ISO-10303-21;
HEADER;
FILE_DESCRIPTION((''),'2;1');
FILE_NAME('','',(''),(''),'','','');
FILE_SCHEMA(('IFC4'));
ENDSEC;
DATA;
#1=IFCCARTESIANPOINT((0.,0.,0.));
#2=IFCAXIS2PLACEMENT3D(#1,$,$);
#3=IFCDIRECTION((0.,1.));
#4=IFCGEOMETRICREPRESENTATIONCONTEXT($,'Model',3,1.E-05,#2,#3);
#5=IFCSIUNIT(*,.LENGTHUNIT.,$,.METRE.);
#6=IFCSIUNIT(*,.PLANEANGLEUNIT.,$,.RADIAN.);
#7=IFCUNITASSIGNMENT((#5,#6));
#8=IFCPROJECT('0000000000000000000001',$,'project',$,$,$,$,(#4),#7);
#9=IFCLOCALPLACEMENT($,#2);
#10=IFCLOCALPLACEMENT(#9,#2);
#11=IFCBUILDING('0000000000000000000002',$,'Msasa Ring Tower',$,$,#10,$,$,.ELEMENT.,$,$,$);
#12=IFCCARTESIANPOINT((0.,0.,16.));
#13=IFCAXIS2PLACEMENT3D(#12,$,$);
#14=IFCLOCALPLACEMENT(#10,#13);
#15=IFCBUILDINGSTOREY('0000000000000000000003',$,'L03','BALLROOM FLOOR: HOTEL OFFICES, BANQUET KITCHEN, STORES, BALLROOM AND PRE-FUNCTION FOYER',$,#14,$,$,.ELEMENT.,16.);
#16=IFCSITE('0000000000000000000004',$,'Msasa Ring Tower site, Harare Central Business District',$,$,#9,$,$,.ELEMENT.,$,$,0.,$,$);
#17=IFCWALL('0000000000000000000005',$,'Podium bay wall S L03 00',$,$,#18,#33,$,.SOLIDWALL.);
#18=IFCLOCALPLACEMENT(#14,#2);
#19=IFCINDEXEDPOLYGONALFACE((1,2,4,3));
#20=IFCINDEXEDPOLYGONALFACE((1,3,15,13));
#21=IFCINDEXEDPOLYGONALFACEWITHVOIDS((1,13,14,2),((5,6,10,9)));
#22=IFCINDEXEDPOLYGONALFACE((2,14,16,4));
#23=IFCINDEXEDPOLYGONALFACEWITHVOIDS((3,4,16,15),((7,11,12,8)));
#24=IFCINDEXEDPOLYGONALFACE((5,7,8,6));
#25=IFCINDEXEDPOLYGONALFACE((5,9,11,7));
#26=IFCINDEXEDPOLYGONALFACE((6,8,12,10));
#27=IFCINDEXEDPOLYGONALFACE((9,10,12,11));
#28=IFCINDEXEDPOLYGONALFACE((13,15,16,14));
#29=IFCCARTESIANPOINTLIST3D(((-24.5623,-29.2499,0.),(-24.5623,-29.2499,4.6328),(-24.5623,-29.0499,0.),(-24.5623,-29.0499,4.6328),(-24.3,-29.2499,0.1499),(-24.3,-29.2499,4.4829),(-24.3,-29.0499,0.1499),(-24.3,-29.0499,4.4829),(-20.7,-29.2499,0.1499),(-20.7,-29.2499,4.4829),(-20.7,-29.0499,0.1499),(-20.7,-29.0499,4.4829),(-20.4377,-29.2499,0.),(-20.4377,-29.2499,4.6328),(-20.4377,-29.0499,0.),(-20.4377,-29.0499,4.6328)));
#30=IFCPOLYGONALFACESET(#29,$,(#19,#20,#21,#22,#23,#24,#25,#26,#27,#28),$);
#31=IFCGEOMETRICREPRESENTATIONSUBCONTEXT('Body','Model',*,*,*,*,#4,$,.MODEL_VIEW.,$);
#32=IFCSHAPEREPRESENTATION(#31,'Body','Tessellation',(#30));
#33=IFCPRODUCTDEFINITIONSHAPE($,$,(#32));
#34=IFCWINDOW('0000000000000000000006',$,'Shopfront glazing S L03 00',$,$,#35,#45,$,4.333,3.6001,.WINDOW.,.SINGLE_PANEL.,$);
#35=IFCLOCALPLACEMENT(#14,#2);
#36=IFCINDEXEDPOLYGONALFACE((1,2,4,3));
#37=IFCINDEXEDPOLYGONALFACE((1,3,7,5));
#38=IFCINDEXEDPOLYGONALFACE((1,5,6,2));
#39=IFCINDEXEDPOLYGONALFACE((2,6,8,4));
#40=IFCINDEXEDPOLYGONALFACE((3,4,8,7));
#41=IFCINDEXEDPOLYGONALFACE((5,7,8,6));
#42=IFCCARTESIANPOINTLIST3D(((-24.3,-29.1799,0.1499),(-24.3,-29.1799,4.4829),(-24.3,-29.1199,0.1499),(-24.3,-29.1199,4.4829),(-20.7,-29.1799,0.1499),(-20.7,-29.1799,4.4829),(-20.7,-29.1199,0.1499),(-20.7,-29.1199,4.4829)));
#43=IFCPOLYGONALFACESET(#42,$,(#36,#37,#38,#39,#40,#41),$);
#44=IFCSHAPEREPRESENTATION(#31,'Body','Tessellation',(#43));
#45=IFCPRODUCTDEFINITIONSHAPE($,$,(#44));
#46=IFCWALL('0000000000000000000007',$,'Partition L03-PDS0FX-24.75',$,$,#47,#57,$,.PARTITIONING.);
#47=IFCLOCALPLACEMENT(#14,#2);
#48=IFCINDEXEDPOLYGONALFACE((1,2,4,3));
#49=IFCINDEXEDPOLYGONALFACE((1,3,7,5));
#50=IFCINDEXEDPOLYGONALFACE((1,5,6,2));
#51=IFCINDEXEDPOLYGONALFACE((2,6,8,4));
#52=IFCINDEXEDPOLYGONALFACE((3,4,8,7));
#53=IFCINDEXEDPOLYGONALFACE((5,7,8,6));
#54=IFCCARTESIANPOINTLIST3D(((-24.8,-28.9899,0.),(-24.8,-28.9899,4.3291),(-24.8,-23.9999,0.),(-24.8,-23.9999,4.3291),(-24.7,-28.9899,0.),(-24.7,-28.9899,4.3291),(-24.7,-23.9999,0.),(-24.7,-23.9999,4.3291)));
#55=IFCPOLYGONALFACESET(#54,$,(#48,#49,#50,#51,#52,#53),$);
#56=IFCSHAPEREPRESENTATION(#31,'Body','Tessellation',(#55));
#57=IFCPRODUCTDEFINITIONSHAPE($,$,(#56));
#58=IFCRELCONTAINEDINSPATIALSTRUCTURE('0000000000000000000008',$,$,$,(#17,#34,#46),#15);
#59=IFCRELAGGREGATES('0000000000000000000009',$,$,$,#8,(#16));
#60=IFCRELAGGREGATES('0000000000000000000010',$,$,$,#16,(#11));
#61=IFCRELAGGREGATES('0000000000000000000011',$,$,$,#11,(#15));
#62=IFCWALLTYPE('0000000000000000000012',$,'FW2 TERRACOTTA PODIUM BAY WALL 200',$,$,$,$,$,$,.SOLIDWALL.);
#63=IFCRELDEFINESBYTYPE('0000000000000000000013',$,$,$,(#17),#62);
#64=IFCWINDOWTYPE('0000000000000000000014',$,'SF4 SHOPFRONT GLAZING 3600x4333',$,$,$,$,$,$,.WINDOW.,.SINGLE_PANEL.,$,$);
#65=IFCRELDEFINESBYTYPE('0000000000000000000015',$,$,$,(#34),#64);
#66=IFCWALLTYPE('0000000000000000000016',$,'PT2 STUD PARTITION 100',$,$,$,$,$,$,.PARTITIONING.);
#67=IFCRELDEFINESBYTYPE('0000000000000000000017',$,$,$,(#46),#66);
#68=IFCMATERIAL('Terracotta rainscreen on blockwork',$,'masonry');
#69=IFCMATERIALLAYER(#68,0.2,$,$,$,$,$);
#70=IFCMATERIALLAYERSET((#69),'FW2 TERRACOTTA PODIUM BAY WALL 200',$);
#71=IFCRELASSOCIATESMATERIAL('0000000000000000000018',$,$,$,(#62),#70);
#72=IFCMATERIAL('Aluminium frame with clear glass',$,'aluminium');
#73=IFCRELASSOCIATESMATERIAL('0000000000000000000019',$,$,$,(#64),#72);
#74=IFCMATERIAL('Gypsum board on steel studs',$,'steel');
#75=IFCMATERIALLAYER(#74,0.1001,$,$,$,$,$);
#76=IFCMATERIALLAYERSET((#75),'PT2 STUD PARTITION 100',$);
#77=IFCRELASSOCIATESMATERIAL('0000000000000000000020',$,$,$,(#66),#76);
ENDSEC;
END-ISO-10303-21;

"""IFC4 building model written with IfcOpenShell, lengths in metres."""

from ifc_helpers import new_model, si_unit, direction, frame, frame_2d, origin, place, context, subcontext, project, spatial, rectangle, extrude, material, layer, layer_set, type_object, element, fill, save


model = new_model("IFC4")

# Units and contexts
model_context = context("Model", 3, precision=1e-05, world=origin(), true_north=direction((0.0, 1.0)))
body_context = subcontext(model_context, "Body", "Model", "MODEL_VIEW")
ifc_project = project(units=[si_unit("LENGTHUNIT", "METRE"), si_unit("PLANEANGLEUNIT", "RADIAN")], contexts=[model_context])

# Site, building, storey
site_placement = place(None, origin())
site = spatial("IfcSite", under=ifc_project, at=site_placement, Name="Msasa Ring Tower site, Harare Central Business District", CompositionType="ELEMENT", RefElevation=0.0)
building_placement = place(site_placement, origin())
building = spatial("IfcBuilding", under=site, at=building_placement, Name="Msasa Ring Tower", CompositionType="ELEMENT")
storey_placement = place(building_placement, frame((0.0, 0.0, 16.0)))
storey = spatial("IfcBuildingStorey", under=building, at=storey_placement, Name="L03", Description="BALLROOM FLOOR: HOTEL OFFICES, BANQUET KITCHEN, STORES, BALLROOM AND PRE-FUNCTION FOYER", CompositionType="ELEMENT", Elevation=16.0)

# Wall, opening, window
ifc_material_1 = material(Name="Terracotta rainscreen on blockwork", Category="masonry")
ifc_layer_1 = layer(ifc_material_1, 0.2)
ifc_layer_set_1 = layer_set([ifc_layer_1], Name="FW2 TERRACOTTA PODIUM BAY WALL 200")
wall_type_1 = type_object("IfcWallType", Name="FW2 TERRACOTTA PODIUM BAY WALL 200", PredefinedType="SOLIDWALL", material=ifc_layer_set_1)
wall_1_placement = place(storey_placement, frame((-24.5623, -29.1499, 0.0), z_axis=(0.0, 0.0, 1.0), x_axis=(1.0, 0.0, 0.0)))
wall_1 = element("IfcWall", 1, at=wall_1_placement, inside=storey, type_object=wall_type_1, Name="Podium bay wall S L03 00", PredefinedType="SOLIDWALL", context=body_context, shape_type="SweptSolid", body=[
    extrude(rectangle(XDim=4.1245, YDim=0.2, at=frame_2d((2.0623, 0.0))), origin(), (0.0, 0.0, 1.0), 4.6328),
])
opening_placement = place(wall_1_placement, frame((0.2622, 0.0, 0.1499)))
opening = element("IfcOpeningElement", 2, at=opening_placement, cuts=wall_1, PredefinedType="OPENING", context=body_context, shape_type="SweptSolid", body=[
    extrude(rectangle(XDim=3.6001, YDim=4.333, at=frame_2d((1.8, 2.1665))), frame((0.0, 0.1099, 0.0), z_axis=(0.0, -1.0, 0.0), x_axis=(1.0, 0.0, 0.0)), (0.0, 0.0, 1.0), 0.22),
])
ifc_material_2 = material(Name="Aluminium frame with clear glass", Category="aluminium")
window_type = type_object("IfcWindowType", Name="SF4 SHOPFRONT GLAZING 3600x4333", PartitioningType="SINGLE_PANEL", PredefinedType="WINDOW", material=ifc_material_2)
window_placement = place(opening_placement, origin())
window = element("IfcWindow", 3, at=window_placement, inside=storey, type_object=window_type, Name="Shopfront glazing S L03 00", OverallHeight=4.333, OverallWidth=3.6001, PartitioningType="SINGLE_PANEL", PredefinedType="WINDOW", context=body_context, shape_type="SweptSolid", body=[
    extrude(rectangle(XDim=3.6001, YDim=4.333, at=frame_2d((1.8, 2.1665))), frame((0.0, 0.03, 0.0), z_axis=(0.0, -1.0, 0.0), x_axis=(1.0, 0.0, 0.0)), (0.0, 0.0, 1.0), 0.0601),
])
fill(opening, window)

# Wall
ifc_material_3 = material(Name="Gypsum board on steel studs", Category="steel")
ifc_layer_2 = layer(ifc_material_3, 0.1001)
ifc_layer_set_2 = layer_set([ifc_layer_2], Name="PT2 STUD PARTITION 100")
wall_type_2 = type_object("IfcWallType", Name="PT2 STUD PARTITION 100", PredefinedType="PARTITIONING", material=ifc_layer_set_2)
wall_2_placement = place(storey_placement, frame((-24.75, -28.99, 0.0), z_axis=(0.0, 0.0, 1.0), x_axis=(0.0, 1.0, 0.0)))
element("IfcWall", 4, at=wall_2_placement, inside=storey, type_object=wall_type_2, Name="Partition L03-PDS0FX-24.75", PredefinedType="PARTITIONING", context=body_context, shape_type="SweptSolid", body=[
    extrude(rectangle(XDim=4.99, YDim=0.1001, at=frame_2d((2.4951, 0.0))), origin(), (0.0, 0.0, 1.0), 4.3291),
])

save(model, "model.ifc")
